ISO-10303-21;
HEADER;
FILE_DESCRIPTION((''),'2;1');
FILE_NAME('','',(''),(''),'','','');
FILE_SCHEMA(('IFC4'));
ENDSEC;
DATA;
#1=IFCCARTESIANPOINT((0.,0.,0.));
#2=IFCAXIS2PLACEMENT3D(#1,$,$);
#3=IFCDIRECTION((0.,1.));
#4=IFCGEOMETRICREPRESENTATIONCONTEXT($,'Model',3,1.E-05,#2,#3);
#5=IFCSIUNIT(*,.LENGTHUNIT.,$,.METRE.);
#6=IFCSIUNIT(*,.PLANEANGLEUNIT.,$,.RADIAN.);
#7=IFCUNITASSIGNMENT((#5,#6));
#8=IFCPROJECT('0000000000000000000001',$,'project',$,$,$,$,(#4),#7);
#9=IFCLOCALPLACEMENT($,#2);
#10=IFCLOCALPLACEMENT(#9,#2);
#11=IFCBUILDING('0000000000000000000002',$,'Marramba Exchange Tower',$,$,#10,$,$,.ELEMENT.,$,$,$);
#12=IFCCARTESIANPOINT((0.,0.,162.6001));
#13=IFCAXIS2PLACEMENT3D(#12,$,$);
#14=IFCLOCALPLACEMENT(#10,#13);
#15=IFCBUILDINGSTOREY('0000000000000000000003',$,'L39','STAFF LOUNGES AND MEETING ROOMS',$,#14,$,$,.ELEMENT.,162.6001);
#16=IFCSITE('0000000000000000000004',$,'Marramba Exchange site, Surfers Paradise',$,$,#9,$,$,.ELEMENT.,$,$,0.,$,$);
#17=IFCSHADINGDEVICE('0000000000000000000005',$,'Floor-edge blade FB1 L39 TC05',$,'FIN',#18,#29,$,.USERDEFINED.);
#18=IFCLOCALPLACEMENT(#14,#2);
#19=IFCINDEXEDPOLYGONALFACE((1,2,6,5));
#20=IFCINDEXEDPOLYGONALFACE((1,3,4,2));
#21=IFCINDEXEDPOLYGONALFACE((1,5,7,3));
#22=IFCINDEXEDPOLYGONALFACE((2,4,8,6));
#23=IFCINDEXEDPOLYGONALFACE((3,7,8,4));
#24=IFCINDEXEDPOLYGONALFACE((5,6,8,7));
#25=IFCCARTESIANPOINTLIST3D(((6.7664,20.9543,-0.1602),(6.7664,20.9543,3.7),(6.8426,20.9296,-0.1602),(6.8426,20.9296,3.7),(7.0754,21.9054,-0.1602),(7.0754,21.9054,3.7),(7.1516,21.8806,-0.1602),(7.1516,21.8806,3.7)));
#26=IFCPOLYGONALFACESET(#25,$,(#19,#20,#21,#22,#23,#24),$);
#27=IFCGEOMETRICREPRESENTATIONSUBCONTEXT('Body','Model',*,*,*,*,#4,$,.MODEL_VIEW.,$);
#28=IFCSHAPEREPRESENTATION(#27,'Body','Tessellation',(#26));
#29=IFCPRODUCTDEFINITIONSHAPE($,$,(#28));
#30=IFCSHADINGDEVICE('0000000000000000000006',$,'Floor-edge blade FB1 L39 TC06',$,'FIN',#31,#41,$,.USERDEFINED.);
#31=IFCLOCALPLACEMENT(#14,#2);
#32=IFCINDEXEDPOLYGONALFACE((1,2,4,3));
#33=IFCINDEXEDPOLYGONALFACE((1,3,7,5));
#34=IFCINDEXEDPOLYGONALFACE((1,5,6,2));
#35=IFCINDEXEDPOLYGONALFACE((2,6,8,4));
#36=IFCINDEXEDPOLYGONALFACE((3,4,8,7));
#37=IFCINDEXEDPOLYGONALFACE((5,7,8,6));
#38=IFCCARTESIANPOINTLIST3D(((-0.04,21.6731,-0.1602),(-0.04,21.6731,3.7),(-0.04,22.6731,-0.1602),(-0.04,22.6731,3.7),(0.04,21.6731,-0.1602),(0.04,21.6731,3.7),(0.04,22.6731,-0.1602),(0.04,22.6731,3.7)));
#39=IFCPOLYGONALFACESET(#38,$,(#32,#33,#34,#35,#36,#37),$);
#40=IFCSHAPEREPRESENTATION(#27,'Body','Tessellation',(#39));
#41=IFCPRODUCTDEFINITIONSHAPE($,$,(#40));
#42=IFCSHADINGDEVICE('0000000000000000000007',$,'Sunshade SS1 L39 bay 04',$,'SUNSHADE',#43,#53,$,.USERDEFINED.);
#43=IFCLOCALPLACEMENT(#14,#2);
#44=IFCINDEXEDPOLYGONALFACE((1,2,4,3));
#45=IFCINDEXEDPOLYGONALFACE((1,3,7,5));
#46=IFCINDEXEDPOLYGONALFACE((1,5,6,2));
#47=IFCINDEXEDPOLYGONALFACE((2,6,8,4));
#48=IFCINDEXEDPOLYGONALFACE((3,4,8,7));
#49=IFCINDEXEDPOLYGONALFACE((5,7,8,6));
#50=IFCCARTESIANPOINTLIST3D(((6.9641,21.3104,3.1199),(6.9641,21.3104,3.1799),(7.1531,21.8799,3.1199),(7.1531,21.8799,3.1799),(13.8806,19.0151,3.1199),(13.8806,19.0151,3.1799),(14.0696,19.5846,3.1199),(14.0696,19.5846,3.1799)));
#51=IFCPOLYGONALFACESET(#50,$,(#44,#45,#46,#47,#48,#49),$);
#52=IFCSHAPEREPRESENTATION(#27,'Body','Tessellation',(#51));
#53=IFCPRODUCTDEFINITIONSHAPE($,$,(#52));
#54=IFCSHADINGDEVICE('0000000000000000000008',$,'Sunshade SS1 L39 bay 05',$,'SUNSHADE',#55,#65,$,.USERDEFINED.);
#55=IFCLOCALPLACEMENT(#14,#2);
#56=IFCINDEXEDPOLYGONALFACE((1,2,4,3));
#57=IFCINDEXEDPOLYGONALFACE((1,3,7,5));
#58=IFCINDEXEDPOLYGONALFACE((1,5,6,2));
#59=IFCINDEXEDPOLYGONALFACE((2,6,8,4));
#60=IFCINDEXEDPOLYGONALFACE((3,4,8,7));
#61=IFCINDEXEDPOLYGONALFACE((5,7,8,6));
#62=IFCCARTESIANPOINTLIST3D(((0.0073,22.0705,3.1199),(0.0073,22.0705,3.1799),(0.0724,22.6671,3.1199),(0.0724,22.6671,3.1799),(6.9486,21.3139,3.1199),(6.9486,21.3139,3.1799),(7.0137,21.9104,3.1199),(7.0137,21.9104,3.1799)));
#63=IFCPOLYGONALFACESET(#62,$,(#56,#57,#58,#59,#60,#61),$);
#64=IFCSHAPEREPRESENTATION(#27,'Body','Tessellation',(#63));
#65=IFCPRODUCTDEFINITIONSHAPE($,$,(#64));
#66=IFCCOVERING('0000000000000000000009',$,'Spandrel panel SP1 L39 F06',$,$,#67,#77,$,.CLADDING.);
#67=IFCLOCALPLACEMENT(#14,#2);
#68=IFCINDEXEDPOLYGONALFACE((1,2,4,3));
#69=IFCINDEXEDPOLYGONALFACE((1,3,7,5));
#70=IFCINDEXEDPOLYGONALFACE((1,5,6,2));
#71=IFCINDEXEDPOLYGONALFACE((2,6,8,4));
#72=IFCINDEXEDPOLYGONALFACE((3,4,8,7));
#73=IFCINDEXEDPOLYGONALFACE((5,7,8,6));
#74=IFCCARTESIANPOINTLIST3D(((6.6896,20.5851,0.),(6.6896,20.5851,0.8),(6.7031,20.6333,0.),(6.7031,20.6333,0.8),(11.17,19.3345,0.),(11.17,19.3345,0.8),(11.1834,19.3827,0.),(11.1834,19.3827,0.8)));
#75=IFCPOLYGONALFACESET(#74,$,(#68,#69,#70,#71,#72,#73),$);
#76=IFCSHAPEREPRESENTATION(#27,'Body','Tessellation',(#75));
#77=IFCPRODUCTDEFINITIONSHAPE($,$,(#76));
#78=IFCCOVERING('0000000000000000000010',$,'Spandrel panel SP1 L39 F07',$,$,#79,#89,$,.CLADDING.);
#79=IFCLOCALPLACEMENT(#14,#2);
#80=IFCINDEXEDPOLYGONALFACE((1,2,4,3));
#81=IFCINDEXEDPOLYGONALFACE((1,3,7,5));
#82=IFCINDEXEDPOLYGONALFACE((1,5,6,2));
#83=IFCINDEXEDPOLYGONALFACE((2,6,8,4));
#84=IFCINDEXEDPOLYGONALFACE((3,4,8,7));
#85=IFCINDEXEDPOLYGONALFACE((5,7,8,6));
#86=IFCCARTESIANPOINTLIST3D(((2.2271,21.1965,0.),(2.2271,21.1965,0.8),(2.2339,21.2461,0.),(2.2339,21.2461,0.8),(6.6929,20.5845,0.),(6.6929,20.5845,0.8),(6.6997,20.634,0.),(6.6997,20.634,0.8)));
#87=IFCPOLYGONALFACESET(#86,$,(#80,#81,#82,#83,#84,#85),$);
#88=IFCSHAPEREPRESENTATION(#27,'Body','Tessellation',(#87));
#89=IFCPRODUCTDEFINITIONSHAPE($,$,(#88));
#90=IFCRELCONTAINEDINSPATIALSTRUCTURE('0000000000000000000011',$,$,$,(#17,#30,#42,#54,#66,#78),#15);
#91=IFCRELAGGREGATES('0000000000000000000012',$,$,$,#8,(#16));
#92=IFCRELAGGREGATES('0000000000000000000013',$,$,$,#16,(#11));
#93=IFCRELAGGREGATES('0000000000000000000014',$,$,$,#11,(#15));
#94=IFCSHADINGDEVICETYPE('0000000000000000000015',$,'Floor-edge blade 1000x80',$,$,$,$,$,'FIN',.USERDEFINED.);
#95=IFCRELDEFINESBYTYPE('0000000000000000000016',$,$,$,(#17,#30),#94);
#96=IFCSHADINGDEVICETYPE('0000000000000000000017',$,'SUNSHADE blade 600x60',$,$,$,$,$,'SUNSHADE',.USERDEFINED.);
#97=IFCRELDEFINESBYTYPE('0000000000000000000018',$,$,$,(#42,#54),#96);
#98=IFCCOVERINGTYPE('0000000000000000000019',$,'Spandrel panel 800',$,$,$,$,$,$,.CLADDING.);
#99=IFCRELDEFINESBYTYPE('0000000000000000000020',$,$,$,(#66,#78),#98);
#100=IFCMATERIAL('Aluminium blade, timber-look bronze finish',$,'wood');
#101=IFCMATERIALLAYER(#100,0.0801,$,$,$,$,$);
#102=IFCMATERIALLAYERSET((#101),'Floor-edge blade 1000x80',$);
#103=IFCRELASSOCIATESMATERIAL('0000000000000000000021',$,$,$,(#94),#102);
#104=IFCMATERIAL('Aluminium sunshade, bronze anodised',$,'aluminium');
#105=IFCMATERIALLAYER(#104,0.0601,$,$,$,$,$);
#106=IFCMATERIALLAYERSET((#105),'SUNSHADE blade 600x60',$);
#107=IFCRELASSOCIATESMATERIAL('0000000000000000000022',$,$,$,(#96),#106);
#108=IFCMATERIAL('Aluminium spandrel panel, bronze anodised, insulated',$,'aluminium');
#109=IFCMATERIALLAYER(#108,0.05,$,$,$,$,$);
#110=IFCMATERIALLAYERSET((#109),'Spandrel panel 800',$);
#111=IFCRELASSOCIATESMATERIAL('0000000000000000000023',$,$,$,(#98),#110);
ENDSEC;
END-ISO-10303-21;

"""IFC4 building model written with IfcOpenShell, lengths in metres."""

from ifc_helpers import new_model, si_unit, direction, frame, origin, origin_2d, place, context, subcontext, project, spatial, rectangle, extrude, material, layer, layer_set, type_object, element, save


model = new_model("IFC4")

# Units and contexts
model_context = context("Model", 3, precision=1e-05, world=origin(), true_north=direction((0.0, 1.0)))
body_context = subcontext(model_context, "Body", "Model", "MODEL_VIEW")
ifc_project = project(units=[si_unit("LENGTHUNIT", "METRE"), si_unit("PLANEANGLEUNIT", "RADIAN")], contexts=[model_context])

# Site, building, storey
site_placement = place(None, origin())
site = spatial("IfcSite", under=ifc_project, at=site_placement, Name="Marramba Exchange site, Surfers Paradise", CompositionType="ELEMENT", RefElevation=0.0)
building_placement = place(site_placement, origin())
building = spatial("IfcBuilding", under=site, at=building_placement, Name="Marramba Exchange Tower", CompositionType="ELEMENT")
storey_placement = place(building_placement, frame((0.0, 0.0, 162.6001)))
storey = spatial("IfcBuildingStorey", under=building, at=storey_placement, Name="L39", Description="STAFF LOUNGES AND MEETING ROOMS", CompositionType="ELEMENT", Elevation=162.6001)

# Shading devices
ifc_material_1 = material(Name="Aluminium blade, timber-look bronze finish", Category="wood")
ifc_layer_1 = layer(ifc_material_1, 0.0801)
ifc_layer_set_1 = layer_set([ifc_layer_1], Name="Floor-edge blade 1000x80")
shading_device_type_1 = type_object("IfcShadingDeviceType", Name="Floor-edge blade 1000x80", ElementType="FIN", PredefinedType="USERDEFINED", material=ifc_layer_set_1)
for number, where, z_axis, x_axis, name in (
    (1, (6.959, 21.4175, -0.1602), (0.0, 0.0, 1.0), (0.309017, 0.951057, 0.0), "Floor-edge blade FB1 L39 TC05"),
    (2, (0.0, 22.1731, -0.1602), (0.0, 0.0, 1.0), (0.0, 1.0, 0.0), "Floor-edge blade FB1 L39 TC06"),
):
    element("IfcShadingDevice", number, at=place(storey_placement, frame(where, z_axis=z_axis, x_axis=x_axis)), inside=storey, type_object=shading_device_type_1, Name=name, ObjectType="FIN", PredefinedType="USERDEFINED", context=body_context, shape_type="SweptSolid", body=[
        extrude(rectangle(XDim=1.0, YDim=0.0801, at=origin_2d()), origin(), (0.0, 0.0, 1.0), 3.8601),
    ])
ifc_material_2 = material(Name="Aluminium sunshade, bronze anodised", Category="aluminium")
ifc_layer_2 = layer(ifc_material_2, 0.0601)
ifc_layer_set_2 = layer_set([ifc_layer_2], Name="SUNSHADE blade 600x60")
shading_device_type_2 = type_object("IfcShadingDeviceType", Name="SUNSHADE blade 600x60", ElementType="SUNSHADE", PredefinedType="USERDEFINED", material=ifc_layer_set_2)
shading_device_1_placement = place(storey_placement, frame((10.5168, 20.4475, 3.1199), z_axis=(0.0, 0.0, 1.0), x_axis=(-0.949101, 0.314972, 0.0)))
element("IfcShadingDevice", 3, at=shading_device_1_placement, inside=storey, type_object=shading_device_type_2, Name="Sunshade SS1 L39 bay 04", ObjectType="SUNSHADE", PredefinedType="USERDEFINED", context=body_context, shape_type="SweptSolid", body=[
    extrude(rectangle(XDim=7.2874, YDim=0.6001, at=origin_2d()), origin(), (0.0, 0.0, 1.0), 0.0601),
])
shading_device_2_placement = place(storey_placement, frame((3.5105, 21.9905, 3.1199), z_axis=(0.0, 0.0, 1.0), x_axis=(-0.994111, 0.108363, 0.0)))
element("IfcShadingDevice", 4, at=shading_device_2_placement, inside=storey, type_object=shading_device_type_2, Name="Sunshade SS1 L39 bay 05", ObjectType="SUNSHADE", PredefinedType="USERDEFINED", context=body_context, shape_type="SweptSolid", body=[
    extrude(rectangle(XDim=6.9824, YDim=0.6001, at=origin_2d()), origin(), (0.0, 0.0, 1.0), 0.0601),
])

# Coverings
ifc_material_3 = material(Name="Aluminium spandrel panel, bronze anodised, insulated", Category="aluminium")
ifc_layer_3 = layer(ifc_material_3, 0.05)
ifc_layer_set_3 = layer_set([ifc_layer_3], Name="Spandrel panel 800")
covering_type = type_object("IfcCoveringType", Name="Spandrel panel 800", PredefinedType="CLADDING", material=ifc_layer_set_3)
covering_1_placement = place(storey_placement, frame((8.9365, 19.9839, 0.0), z_axis=(0.0, 0.0, 1.0), x_axis=(-0.963178, 0.268865, 0.0)))
element("IfcCovering", 5, at=covering_1_placement, inside=storey, type_object=covering_type, Name="Spandrel panel SP1 L39 F06", PredefinedType="CLADDING", context=body_context, shape_type="SweptSolid", body=[
    extrude(rectangle(XDim=4.6516, YDim=0.05, at=origin_2d()), origin(), (0.0, 0.0, 1.0), 0.8),
])
covering_2_placement = place(storey_placement, frame((4.4634, 20.9153, 0.0), z_axis=(0.0, 0.0, 1.0), x_axis=(-0.990738, 0.135786, 0.0)))
element("IfcCovering", 6, at=covering_2_placement, inside=storey, type_object=covering_type, Name="Spandrel panel SP1 L39 F07", PredefinedType="CLADDING", context=body_context, shape_type="SweptSolid", body=[
    extrude(rectangle(XDim=4.5076, YDim=0.05, at=origin_2d()), origin(), (0.0, 0.0, 1.0), 0.8),
])

save(model, "model.ifc")
